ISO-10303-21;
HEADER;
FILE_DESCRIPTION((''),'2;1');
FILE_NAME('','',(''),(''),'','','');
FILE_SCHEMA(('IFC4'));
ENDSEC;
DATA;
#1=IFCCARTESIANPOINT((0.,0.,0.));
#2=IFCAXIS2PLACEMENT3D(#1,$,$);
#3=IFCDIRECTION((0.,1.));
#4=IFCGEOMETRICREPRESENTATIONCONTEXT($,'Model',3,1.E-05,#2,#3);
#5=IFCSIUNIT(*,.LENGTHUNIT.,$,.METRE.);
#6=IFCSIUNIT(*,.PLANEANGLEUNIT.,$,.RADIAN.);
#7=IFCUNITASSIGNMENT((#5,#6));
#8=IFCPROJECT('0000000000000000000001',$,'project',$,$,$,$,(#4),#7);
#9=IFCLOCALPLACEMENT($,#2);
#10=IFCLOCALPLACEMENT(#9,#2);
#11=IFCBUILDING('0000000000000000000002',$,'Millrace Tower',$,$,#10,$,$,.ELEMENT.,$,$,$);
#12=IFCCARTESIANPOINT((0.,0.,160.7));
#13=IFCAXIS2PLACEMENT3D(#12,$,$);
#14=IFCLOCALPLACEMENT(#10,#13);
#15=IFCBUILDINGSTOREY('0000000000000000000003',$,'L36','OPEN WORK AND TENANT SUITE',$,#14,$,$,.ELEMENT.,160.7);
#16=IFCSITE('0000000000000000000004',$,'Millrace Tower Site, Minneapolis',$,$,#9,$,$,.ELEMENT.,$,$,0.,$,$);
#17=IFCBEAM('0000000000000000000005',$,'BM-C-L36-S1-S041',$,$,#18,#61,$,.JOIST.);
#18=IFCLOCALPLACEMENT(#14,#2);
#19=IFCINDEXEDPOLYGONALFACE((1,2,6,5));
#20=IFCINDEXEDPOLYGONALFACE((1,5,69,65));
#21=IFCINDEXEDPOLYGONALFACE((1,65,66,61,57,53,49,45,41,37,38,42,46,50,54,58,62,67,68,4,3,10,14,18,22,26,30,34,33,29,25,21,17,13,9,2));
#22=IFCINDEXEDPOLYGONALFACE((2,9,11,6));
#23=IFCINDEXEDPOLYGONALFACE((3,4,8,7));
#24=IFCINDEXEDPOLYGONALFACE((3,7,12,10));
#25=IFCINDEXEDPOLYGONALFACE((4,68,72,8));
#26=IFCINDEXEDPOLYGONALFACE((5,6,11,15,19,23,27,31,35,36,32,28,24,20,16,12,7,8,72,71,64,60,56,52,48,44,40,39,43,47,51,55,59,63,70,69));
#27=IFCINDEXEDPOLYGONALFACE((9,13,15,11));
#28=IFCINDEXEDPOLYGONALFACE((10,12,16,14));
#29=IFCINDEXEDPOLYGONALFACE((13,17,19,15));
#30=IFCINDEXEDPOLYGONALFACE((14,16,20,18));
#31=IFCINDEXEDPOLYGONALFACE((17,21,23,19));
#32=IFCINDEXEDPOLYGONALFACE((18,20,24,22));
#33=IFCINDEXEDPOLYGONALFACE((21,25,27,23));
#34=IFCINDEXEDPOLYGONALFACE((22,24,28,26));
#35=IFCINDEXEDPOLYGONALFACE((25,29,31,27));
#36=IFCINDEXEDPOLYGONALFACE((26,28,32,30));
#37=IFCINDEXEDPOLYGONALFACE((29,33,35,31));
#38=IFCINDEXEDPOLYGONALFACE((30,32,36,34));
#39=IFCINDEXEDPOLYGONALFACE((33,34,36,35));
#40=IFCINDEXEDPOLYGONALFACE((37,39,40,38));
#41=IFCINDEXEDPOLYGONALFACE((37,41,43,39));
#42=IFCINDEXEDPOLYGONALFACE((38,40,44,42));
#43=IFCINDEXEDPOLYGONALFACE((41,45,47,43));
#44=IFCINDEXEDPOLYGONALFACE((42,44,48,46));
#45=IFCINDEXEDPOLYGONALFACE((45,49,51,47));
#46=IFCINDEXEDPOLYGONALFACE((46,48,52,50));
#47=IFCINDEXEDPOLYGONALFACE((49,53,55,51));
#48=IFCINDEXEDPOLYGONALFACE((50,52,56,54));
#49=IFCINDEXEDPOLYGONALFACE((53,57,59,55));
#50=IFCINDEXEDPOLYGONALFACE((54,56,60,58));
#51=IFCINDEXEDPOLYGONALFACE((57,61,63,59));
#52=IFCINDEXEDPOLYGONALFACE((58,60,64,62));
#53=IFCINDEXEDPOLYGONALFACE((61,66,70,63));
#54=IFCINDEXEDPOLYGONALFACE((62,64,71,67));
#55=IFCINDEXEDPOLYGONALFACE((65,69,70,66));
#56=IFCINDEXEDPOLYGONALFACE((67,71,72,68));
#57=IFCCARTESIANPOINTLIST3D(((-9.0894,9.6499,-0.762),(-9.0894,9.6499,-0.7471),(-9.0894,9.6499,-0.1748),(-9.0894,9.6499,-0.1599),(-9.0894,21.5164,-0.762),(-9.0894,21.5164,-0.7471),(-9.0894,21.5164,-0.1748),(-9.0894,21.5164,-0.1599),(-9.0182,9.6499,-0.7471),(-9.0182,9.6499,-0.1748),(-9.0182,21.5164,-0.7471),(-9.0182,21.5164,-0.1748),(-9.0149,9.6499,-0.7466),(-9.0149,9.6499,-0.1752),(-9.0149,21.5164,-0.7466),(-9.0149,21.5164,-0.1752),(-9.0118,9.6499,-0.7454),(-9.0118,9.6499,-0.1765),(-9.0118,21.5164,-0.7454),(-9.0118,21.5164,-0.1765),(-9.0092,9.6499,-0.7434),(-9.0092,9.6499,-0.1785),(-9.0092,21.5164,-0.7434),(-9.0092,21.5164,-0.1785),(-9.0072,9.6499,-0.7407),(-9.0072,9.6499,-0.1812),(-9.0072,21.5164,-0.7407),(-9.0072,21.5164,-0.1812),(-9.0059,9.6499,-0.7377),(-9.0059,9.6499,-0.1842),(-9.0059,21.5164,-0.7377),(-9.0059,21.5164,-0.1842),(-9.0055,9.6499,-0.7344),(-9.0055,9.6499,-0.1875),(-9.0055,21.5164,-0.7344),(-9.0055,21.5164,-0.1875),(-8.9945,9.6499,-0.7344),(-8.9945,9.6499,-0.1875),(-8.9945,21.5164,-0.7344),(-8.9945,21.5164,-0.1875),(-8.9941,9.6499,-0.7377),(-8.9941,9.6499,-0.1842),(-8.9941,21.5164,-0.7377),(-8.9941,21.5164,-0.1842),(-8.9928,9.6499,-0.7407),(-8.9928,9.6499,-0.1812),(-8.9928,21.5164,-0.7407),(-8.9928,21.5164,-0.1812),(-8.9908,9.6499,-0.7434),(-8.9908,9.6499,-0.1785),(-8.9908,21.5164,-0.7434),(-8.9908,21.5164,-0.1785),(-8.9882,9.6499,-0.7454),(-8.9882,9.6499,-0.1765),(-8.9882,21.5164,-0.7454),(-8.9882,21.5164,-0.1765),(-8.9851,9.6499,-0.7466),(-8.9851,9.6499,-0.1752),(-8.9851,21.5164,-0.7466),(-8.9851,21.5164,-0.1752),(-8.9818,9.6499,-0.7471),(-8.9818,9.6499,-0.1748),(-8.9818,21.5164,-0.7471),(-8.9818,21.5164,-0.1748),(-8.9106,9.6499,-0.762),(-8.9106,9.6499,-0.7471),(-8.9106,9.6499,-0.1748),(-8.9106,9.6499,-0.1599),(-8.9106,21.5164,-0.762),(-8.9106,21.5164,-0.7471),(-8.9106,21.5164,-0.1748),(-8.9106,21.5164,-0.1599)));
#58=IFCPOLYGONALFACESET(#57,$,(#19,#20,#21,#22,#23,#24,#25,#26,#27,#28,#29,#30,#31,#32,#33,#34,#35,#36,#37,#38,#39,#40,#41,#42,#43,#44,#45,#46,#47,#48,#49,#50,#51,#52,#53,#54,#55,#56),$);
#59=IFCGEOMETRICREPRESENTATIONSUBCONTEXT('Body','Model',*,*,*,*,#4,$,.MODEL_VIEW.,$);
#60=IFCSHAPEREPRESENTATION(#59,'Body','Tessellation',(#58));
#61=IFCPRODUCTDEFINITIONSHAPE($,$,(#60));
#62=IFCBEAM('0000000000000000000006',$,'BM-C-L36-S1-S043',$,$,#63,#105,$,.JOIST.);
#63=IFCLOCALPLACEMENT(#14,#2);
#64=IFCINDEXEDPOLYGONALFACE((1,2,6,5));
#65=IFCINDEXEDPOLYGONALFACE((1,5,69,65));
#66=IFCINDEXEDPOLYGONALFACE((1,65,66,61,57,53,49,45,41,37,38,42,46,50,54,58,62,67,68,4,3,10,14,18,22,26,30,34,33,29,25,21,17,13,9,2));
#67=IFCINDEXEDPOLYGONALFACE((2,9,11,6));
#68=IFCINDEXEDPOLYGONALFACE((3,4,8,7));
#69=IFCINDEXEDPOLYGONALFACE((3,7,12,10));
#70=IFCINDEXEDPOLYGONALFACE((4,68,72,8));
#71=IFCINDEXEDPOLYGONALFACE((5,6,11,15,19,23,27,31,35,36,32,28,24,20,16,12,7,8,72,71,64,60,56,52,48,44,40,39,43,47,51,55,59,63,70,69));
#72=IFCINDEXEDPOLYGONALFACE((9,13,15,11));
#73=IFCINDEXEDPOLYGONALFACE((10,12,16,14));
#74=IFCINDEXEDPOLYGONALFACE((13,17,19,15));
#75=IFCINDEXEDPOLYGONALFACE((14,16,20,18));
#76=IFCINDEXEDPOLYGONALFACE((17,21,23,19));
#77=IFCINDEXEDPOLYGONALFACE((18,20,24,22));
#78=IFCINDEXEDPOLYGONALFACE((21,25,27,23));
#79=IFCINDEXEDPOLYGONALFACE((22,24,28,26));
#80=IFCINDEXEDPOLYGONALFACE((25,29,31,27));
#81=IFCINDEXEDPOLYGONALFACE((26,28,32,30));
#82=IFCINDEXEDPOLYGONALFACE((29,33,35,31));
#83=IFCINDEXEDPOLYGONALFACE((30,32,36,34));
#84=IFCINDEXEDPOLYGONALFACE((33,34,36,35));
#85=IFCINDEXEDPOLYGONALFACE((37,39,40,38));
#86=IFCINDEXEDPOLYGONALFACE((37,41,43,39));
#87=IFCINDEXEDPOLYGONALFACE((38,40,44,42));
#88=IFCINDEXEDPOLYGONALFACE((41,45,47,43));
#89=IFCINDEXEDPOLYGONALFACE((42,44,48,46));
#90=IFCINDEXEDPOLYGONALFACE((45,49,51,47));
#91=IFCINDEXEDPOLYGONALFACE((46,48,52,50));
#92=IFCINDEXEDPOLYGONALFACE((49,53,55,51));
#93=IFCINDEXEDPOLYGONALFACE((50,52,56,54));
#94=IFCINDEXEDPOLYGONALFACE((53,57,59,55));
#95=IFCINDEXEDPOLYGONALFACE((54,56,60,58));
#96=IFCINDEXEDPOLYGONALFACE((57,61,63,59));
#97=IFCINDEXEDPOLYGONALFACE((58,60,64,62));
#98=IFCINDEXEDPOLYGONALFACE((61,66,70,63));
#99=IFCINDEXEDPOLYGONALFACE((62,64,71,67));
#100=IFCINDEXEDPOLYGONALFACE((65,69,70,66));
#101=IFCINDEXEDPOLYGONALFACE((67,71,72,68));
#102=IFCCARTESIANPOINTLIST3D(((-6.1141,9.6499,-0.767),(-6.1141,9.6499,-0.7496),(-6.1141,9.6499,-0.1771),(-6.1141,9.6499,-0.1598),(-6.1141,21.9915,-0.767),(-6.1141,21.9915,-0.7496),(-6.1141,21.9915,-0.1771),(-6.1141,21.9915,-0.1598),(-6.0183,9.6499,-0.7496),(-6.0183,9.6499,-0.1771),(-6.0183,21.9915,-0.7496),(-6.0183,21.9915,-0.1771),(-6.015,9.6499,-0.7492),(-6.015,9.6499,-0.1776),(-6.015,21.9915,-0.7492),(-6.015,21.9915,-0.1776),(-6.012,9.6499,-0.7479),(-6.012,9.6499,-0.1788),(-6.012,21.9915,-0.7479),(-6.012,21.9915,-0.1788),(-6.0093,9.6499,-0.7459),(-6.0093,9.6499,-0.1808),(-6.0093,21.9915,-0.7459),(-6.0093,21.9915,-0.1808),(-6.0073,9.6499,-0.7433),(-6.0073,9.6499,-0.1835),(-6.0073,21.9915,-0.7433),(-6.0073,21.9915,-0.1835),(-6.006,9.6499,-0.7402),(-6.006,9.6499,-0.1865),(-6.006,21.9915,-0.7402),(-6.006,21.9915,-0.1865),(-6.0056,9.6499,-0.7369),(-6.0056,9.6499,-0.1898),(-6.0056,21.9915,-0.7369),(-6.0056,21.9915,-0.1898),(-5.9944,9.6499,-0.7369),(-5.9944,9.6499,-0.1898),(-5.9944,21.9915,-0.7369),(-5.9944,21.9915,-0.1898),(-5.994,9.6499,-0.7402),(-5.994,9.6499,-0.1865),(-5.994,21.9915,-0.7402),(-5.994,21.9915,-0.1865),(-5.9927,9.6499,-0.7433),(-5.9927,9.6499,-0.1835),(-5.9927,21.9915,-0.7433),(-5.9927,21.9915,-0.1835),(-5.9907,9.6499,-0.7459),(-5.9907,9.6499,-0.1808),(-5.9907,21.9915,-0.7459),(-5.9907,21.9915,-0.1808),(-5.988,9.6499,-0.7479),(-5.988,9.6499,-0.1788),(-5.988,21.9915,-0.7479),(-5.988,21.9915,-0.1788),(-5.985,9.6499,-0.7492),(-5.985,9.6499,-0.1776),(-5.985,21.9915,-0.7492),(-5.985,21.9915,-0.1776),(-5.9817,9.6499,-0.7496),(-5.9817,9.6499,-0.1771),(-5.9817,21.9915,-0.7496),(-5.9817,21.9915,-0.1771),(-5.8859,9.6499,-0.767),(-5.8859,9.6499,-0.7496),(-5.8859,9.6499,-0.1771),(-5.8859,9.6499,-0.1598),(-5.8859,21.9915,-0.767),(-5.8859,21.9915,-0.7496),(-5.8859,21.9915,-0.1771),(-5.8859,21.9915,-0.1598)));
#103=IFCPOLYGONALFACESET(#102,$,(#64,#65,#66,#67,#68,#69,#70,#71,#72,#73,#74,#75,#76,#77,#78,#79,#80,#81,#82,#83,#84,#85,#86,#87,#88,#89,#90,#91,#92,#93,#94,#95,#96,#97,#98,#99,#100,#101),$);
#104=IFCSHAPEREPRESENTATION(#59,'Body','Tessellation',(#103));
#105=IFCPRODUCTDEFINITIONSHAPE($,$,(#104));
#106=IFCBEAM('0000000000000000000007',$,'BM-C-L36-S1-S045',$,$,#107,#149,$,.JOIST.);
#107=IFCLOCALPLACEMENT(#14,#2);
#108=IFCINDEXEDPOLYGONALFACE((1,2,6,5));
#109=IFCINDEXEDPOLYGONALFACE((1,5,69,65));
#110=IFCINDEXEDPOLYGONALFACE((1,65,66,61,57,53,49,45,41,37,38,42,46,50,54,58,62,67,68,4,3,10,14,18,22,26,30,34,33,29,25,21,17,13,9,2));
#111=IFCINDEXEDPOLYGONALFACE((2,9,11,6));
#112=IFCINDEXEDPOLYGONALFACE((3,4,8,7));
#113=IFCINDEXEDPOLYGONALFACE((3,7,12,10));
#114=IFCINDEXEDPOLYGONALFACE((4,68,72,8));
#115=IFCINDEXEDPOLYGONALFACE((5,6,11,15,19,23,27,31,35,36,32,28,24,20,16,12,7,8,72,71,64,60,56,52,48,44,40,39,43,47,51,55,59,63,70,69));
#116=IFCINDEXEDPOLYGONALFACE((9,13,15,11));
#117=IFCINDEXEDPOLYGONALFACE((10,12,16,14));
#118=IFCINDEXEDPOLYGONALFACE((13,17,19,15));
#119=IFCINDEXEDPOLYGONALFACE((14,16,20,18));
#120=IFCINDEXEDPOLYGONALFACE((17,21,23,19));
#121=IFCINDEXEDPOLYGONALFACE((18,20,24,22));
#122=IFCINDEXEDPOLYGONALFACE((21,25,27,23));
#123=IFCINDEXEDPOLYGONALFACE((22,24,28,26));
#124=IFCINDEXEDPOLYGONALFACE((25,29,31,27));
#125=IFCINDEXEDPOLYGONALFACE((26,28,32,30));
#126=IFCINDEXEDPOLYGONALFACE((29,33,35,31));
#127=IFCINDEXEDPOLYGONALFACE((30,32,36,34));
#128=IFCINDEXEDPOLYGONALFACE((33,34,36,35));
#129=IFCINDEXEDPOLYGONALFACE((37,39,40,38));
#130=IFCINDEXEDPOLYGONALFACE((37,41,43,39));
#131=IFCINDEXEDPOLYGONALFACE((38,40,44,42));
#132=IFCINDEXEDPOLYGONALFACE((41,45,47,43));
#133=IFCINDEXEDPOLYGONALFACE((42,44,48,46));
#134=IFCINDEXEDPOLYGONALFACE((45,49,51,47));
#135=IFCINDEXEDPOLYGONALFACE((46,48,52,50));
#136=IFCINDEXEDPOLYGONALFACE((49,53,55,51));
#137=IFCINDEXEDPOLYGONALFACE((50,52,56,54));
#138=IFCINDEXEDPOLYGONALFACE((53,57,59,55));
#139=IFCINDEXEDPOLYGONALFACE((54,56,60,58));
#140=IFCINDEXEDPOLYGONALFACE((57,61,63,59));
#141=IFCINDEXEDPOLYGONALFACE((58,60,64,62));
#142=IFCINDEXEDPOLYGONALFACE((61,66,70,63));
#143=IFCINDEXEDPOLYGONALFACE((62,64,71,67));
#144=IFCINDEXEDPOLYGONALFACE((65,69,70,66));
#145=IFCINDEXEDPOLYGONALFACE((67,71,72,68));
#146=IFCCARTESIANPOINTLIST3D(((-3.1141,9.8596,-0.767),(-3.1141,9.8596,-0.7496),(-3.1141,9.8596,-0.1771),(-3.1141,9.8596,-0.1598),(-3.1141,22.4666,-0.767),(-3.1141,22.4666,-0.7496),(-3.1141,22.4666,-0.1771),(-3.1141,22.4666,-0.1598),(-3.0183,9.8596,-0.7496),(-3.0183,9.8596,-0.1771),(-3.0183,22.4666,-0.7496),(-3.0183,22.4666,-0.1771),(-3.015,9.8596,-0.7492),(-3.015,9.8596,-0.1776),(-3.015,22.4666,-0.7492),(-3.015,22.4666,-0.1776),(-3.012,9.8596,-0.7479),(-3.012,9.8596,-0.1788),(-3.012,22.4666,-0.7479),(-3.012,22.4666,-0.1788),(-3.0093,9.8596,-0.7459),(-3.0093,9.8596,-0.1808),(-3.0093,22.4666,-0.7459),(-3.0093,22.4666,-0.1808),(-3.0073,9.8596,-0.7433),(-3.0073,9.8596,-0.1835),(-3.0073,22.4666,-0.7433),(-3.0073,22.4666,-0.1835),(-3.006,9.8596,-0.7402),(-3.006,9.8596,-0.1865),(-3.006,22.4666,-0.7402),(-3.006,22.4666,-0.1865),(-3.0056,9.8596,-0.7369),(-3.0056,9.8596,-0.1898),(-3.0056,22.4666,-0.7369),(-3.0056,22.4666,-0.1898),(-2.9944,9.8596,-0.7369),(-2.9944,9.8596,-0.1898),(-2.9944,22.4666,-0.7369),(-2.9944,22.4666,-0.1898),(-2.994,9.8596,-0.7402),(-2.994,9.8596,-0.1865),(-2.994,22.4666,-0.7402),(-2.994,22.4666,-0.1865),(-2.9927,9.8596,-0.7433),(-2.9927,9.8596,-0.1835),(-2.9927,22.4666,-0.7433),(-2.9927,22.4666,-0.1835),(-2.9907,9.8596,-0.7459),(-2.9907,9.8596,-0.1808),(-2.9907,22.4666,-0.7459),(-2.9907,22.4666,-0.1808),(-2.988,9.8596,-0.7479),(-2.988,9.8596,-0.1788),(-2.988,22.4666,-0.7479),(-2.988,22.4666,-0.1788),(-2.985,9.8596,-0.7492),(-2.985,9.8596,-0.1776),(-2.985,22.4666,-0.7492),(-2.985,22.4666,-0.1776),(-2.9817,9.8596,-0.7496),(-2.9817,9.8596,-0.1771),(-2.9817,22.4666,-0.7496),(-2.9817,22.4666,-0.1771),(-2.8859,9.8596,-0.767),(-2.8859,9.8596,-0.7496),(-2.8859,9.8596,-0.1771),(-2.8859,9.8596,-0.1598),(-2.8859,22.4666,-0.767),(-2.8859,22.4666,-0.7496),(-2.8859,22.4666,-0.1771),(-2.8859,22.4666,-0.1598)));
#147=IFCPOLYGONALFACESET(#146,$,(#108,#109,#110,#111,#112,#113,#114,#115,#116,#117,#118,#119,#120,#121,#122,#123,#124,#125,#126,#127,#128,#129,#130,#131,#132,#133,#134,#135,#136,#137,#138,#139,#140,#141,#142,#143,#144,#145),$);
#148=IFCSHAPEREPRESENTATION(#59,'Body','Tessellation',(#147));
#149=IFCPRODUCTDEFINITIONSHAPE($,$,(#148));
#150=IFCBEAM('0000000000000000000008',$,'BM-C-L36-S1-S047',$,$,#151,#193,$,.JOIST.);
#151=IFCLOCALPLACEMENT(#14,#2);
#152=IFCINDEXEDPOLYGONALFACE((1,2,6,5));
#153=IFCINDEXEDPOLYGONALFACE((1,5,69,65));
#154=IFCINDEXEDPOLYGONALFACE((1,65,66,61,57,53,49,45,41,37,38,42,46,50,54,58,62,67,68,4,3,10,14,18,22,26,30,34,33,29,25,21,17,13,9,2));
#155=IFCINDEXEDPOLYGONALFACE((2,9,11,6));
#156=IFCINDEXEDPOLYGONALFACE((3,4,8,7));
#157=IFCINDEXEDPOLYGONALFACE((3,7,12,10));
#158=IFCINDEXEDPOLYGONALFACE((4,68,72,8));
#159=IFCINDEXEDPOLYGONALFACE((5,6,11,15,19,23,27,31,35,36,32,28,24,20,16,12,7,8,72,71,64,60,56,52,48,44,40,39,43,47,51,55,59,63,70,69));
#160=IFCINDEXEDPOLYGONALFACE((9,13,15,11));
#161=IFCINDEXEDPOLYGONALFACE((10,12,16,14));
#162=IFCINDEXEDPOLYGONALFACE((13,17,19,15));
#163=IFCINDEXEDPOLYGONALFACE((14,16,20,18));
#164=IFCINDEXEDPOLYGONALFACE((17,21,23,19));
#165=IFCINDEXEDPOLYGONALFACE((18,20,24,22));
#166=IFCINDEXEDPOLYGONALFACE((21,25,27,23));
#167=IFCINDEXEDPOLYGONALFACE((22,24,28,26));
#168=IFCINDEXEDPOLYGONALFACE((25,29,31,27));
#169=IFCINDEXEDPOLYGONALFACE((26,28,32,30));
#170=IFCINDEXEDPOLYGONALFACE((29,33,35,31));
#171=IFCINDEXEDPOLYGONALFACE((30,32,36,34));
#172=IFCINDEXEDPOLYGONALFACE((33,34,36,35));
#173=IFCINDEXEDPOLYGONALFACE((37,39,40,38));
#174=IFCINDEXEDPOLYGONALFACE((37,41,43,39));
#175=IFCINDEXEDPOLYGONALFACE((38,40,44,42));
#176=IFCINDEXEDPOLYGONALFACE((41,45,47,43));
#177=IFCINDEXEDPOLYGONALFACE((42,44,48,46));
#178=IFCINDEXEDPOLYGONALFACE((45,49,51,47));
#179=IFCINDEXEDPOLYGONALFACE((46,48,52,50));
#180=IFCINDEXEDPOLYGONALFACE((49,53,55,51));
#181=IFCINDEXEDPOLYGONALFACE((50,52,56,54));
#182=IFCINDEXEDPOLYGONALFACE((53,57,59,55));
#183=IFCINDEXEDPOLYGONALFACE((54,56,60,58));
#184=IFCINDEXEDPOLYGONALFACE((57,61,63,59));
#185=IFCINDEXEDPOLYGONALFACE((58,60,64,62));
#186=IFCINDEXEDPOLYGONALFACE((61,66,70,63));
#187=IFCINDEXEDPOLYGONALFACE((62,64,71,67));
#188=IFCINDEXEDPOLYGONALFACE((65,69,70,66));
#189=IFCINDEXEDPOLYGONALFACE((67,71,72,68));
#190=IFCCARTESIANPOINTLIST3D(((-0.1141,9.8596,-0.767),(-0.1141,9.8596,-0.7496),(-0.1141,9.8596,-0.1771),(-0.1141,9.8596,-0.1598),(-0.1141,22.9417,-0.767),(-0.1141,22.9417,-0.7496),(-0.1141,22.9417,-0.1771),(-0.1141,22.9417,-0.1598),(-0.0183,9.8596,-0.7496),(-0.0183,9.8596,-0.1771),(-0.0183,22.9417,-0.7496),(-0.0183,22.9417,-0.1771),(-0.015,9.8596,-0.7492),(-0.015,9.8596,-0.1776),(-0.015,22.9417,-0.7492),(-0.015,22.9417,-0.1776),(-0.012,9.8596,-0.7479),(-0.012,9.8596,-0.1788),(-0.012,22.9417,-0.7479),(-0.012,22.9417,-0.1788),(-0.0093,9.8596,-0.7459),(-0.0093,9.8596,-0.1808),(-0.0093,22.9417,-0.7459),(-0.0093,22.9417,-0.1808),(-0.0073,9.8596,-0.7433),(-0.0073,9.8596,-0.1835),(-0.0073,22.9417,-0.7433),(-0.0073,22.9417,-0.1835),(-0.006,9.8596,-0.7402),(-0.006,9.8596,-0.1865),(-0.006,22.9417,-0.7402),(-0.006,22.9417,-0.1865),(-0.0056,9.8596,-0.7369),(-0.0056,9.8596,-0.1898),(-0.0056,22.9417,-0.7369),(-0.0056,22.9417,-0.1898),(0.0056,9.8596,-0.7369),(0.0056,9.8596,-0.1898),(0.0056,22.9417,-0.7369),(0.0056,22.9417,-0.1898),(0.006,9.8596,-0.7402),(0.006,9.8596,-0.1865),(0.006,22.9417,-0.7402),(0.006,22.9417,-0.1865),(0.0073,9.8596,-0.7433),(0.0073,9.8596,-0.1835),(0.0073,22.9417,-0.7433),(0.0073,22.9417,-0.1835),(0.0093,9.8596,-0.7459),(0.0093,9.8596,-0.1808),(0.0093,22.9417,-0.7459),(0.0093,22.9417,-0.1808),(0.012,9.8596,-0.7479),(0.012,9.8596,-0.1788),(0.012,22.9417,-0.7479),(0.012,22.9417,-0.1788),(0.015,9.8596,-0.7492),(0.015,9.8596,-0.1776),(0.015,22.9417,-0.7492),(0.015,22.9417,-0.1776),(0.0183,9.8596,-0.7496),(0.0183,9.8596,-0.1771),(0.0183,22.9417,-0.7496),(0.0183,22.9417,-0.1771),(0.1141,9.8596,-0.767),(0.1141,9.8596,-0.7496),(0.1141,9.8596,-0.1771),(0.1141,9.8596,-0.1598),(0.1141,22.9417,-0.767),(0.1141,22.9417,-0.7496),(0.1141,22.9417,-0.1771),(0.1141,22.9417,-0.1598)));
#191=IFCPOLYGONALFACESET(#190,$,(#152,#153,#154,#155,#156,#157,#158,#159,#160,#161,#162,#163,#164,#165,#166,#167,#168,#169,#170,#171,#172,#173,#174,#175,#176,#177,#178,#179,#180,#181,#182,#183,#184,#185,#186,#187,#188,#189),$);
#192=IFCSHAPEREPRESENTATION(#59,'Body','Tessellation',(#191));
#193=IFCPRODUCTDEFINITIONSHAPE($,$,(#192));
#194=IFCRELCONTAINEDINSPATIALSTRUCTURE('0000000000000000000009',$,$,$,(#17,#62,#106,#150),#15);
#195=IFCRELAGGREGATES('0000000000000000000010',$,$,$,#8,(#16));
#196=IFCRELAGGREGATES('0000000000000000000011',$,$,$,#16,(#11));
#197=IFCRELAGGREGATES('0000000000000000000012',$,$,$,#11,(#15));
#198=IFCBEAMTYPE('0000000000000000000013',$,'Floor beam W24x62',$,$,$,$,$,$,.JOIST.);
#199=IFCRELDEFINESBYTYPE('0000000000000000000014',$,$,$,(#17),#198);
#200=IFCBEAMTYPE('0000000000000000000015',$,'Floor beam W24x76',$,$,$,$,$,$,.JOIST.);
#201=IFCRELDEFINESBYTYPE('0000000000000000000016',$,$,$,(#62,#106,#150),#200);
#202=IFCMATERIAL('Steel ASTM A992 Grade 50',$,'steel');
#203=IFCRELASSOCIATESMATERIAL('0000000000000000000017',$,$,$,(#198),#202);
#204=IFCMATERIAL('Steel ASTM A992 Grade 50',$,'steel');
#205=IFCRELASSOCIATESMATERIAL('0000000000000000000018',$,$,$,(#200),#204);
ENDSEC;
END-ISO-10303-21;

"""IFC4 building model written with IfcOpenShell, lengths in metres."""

from ifc_helpers import new_model, si_unit, direction, frame, origin, origin_2d, place, context, subcontext, project, spatial, i_section, extrude, material, material_profile, profile_set, type_object, element, save


model = new_model("IFC4")

# Units and contexts
model_context = context("Model", 3, precision=1e-05, world=origin(), true_north=direction((0.0, 1.0)))
body_context = subcontext(model_context, "Body", "Model", "MODEL_VIEW")
ifc_project = project(units=[si_unit("LENGTHUNIT", "METRE"), si_unit("PLANEANGLEUNIT", "RADIAN")], contexts=[model_context])

# Site, building, storey
site_placement = place(None, origin())
site = spatial("IfcSite", under=ifc_project, at=site_placement, Name="Millrace Tower Site, Minneapolis", CompositionType="ELEMENT", RefElevation=0.0)
building_placement = place(site_placement, origin())
building = spatial("IfcBuilding", under=site, at=building_placement, Name="Millrace Tower", CompositionType="ELEMENT")
storey_placement = place(building_placement, frame((0.0, 0.0, 160.7)))
storey = spatial("IfcBuildingStorey", under=building, at=storey_placement, Name="L36", Description="OPEN WORK AND TENANT SUITE", CompositionType="ELEMENT", Elevation=160.7)

# Beams
ifc_material_1 = material(Name="Steel ASTM A992 Grade 50", Category="steel")
ifc_material_profile_1 = material_profile(ifc_material_1, i_section(OverallWidth=0.1787, OverallDepth=0.6021, WebThickness=0.011, FlangeThickness=0.0149, FilletRadius=0.0127, at=origin_2d()))
ifc_profile_set_1 = profile_set([ifc_material_profile_1], Name="Steel ASTM A992 Grade 50")
beam_type_1 = type_object("IfcBeamType", Name="Floor beam W24x62", PredefinedType="JOIST", material=ifc_profile_set_1)
beam_1_placement = place(storey_placement, frame((-9.0, 9.6499, -0.4609), z_axis=(0.0, 1.0, 0.0), x_axis=(-1.0, 0.0, 0.0)))
element("IfcBeam", 1, at=beam_1_placement, inside=storey, type_object=beam_type_1, Name="BM-C-L36-S1-S041", PredefinedType="JOIST", context=body_context, shape_type="SweptSolid", body=[
    extrude(i_section(OverallWidth=0.1787, OverallDepth=0.6021, WebThickness=0.011, FlangeThickness=0.0149, FilletRadius=0.0127, at=origin_2d()), origin(), (0.0, 0.0, 1.0), 11.8665),
])
ifc_material_2 = material(Name="Steel ASTM A992 Grade 50", Category="steel")
ifc_material_profile_2 = material_profile(ifc_material_2, i_section(OverallWidth=0.2283, OverallDepth=0.6072, WebThickness=0.0112, FlangeThickness=0.0173, FilletRadius=0.0127, at=origin_2d()))
ifc_profile_set_2 = profile_set([ifc_material_profile_2], Name="Steel ASTM A992 Grade 50")
beam_type_2 = type_object("IfcBeamType", Name="Floor beam W24x76", PredefinedType="JOIST", material=ifc_profile_set_2)
beam_2_placement = place(storey_placement, frame((-6.0, 9.6499, -0.4634), z_axis=(0.0, 1.0, 0.0), x_axis=(-1.0, 0.0, 0.0)))
element("IfcBeam", 2, at=beam_2_placement, inside=storey, type_object=beam_type_2, Name="BM-C-L36-S1-S043", PredefinedType="JOIST", context=body_context, shape_type="SweptSolid", body=[
    extrude(i_section(OverallWidth=0.2283, OverallDepth=0.6072, WebThickness=0.0112, FlangeThickness=0.0173, FilletRadius=0.0127, at=origin_2d()), origin(), (0.0, 0.0, 1.0), 12.3416),
])
beam_3_placement = place(storey_placement, frame((-3.0, 9.8596, -0.4634), z_axis=(0.0, 1.0, 0.0), x_axis=(-1.0, 0.0, 0.0)))
element("IfcBeam", 3, at=beam_3_placement, inside=storey, type_object=beam_type_2, Name="BM-C-L36-S1-S045", PredefinedType="JOIST", context=body_context, shape_type="SweptSolid", body=[
    extrude(i_section(OverallWidth=0.2283, OverallDepth=0.6072, WebThickness=0.0112, FlangeThickness=0.0173, FilletRadius=0.0127, at=origin_2d()), origin(), (0.0, 0.0, 1.0), 12.6069),
])
beam_4_placement = place(storey_placement, frame((0.0, 9.8596, -0.4634), z_axis=(0.0, 1.0, 0.0), x_axis=(-1.0, 0.0, 0.0)))
element("IfcBeam", 4, at=beam_4_placement, inside=storey, type_object=beam_type_2, Name="BM-C-L36-S1-S047", PredefinedType="JOIST", context=body_context, shape_type="SweptSolid", body=[
    extrude(i_section(OverallWidth=0.2283, OverallDepth=0.6072, WebThickness=0.0112, FlangeThickness=0.0173, FilletRadius=0.0127, at=origin_2d()), origin(), (0.0, 0.0, 1.0), 13.082),
])

save(model, "model.ifc")
